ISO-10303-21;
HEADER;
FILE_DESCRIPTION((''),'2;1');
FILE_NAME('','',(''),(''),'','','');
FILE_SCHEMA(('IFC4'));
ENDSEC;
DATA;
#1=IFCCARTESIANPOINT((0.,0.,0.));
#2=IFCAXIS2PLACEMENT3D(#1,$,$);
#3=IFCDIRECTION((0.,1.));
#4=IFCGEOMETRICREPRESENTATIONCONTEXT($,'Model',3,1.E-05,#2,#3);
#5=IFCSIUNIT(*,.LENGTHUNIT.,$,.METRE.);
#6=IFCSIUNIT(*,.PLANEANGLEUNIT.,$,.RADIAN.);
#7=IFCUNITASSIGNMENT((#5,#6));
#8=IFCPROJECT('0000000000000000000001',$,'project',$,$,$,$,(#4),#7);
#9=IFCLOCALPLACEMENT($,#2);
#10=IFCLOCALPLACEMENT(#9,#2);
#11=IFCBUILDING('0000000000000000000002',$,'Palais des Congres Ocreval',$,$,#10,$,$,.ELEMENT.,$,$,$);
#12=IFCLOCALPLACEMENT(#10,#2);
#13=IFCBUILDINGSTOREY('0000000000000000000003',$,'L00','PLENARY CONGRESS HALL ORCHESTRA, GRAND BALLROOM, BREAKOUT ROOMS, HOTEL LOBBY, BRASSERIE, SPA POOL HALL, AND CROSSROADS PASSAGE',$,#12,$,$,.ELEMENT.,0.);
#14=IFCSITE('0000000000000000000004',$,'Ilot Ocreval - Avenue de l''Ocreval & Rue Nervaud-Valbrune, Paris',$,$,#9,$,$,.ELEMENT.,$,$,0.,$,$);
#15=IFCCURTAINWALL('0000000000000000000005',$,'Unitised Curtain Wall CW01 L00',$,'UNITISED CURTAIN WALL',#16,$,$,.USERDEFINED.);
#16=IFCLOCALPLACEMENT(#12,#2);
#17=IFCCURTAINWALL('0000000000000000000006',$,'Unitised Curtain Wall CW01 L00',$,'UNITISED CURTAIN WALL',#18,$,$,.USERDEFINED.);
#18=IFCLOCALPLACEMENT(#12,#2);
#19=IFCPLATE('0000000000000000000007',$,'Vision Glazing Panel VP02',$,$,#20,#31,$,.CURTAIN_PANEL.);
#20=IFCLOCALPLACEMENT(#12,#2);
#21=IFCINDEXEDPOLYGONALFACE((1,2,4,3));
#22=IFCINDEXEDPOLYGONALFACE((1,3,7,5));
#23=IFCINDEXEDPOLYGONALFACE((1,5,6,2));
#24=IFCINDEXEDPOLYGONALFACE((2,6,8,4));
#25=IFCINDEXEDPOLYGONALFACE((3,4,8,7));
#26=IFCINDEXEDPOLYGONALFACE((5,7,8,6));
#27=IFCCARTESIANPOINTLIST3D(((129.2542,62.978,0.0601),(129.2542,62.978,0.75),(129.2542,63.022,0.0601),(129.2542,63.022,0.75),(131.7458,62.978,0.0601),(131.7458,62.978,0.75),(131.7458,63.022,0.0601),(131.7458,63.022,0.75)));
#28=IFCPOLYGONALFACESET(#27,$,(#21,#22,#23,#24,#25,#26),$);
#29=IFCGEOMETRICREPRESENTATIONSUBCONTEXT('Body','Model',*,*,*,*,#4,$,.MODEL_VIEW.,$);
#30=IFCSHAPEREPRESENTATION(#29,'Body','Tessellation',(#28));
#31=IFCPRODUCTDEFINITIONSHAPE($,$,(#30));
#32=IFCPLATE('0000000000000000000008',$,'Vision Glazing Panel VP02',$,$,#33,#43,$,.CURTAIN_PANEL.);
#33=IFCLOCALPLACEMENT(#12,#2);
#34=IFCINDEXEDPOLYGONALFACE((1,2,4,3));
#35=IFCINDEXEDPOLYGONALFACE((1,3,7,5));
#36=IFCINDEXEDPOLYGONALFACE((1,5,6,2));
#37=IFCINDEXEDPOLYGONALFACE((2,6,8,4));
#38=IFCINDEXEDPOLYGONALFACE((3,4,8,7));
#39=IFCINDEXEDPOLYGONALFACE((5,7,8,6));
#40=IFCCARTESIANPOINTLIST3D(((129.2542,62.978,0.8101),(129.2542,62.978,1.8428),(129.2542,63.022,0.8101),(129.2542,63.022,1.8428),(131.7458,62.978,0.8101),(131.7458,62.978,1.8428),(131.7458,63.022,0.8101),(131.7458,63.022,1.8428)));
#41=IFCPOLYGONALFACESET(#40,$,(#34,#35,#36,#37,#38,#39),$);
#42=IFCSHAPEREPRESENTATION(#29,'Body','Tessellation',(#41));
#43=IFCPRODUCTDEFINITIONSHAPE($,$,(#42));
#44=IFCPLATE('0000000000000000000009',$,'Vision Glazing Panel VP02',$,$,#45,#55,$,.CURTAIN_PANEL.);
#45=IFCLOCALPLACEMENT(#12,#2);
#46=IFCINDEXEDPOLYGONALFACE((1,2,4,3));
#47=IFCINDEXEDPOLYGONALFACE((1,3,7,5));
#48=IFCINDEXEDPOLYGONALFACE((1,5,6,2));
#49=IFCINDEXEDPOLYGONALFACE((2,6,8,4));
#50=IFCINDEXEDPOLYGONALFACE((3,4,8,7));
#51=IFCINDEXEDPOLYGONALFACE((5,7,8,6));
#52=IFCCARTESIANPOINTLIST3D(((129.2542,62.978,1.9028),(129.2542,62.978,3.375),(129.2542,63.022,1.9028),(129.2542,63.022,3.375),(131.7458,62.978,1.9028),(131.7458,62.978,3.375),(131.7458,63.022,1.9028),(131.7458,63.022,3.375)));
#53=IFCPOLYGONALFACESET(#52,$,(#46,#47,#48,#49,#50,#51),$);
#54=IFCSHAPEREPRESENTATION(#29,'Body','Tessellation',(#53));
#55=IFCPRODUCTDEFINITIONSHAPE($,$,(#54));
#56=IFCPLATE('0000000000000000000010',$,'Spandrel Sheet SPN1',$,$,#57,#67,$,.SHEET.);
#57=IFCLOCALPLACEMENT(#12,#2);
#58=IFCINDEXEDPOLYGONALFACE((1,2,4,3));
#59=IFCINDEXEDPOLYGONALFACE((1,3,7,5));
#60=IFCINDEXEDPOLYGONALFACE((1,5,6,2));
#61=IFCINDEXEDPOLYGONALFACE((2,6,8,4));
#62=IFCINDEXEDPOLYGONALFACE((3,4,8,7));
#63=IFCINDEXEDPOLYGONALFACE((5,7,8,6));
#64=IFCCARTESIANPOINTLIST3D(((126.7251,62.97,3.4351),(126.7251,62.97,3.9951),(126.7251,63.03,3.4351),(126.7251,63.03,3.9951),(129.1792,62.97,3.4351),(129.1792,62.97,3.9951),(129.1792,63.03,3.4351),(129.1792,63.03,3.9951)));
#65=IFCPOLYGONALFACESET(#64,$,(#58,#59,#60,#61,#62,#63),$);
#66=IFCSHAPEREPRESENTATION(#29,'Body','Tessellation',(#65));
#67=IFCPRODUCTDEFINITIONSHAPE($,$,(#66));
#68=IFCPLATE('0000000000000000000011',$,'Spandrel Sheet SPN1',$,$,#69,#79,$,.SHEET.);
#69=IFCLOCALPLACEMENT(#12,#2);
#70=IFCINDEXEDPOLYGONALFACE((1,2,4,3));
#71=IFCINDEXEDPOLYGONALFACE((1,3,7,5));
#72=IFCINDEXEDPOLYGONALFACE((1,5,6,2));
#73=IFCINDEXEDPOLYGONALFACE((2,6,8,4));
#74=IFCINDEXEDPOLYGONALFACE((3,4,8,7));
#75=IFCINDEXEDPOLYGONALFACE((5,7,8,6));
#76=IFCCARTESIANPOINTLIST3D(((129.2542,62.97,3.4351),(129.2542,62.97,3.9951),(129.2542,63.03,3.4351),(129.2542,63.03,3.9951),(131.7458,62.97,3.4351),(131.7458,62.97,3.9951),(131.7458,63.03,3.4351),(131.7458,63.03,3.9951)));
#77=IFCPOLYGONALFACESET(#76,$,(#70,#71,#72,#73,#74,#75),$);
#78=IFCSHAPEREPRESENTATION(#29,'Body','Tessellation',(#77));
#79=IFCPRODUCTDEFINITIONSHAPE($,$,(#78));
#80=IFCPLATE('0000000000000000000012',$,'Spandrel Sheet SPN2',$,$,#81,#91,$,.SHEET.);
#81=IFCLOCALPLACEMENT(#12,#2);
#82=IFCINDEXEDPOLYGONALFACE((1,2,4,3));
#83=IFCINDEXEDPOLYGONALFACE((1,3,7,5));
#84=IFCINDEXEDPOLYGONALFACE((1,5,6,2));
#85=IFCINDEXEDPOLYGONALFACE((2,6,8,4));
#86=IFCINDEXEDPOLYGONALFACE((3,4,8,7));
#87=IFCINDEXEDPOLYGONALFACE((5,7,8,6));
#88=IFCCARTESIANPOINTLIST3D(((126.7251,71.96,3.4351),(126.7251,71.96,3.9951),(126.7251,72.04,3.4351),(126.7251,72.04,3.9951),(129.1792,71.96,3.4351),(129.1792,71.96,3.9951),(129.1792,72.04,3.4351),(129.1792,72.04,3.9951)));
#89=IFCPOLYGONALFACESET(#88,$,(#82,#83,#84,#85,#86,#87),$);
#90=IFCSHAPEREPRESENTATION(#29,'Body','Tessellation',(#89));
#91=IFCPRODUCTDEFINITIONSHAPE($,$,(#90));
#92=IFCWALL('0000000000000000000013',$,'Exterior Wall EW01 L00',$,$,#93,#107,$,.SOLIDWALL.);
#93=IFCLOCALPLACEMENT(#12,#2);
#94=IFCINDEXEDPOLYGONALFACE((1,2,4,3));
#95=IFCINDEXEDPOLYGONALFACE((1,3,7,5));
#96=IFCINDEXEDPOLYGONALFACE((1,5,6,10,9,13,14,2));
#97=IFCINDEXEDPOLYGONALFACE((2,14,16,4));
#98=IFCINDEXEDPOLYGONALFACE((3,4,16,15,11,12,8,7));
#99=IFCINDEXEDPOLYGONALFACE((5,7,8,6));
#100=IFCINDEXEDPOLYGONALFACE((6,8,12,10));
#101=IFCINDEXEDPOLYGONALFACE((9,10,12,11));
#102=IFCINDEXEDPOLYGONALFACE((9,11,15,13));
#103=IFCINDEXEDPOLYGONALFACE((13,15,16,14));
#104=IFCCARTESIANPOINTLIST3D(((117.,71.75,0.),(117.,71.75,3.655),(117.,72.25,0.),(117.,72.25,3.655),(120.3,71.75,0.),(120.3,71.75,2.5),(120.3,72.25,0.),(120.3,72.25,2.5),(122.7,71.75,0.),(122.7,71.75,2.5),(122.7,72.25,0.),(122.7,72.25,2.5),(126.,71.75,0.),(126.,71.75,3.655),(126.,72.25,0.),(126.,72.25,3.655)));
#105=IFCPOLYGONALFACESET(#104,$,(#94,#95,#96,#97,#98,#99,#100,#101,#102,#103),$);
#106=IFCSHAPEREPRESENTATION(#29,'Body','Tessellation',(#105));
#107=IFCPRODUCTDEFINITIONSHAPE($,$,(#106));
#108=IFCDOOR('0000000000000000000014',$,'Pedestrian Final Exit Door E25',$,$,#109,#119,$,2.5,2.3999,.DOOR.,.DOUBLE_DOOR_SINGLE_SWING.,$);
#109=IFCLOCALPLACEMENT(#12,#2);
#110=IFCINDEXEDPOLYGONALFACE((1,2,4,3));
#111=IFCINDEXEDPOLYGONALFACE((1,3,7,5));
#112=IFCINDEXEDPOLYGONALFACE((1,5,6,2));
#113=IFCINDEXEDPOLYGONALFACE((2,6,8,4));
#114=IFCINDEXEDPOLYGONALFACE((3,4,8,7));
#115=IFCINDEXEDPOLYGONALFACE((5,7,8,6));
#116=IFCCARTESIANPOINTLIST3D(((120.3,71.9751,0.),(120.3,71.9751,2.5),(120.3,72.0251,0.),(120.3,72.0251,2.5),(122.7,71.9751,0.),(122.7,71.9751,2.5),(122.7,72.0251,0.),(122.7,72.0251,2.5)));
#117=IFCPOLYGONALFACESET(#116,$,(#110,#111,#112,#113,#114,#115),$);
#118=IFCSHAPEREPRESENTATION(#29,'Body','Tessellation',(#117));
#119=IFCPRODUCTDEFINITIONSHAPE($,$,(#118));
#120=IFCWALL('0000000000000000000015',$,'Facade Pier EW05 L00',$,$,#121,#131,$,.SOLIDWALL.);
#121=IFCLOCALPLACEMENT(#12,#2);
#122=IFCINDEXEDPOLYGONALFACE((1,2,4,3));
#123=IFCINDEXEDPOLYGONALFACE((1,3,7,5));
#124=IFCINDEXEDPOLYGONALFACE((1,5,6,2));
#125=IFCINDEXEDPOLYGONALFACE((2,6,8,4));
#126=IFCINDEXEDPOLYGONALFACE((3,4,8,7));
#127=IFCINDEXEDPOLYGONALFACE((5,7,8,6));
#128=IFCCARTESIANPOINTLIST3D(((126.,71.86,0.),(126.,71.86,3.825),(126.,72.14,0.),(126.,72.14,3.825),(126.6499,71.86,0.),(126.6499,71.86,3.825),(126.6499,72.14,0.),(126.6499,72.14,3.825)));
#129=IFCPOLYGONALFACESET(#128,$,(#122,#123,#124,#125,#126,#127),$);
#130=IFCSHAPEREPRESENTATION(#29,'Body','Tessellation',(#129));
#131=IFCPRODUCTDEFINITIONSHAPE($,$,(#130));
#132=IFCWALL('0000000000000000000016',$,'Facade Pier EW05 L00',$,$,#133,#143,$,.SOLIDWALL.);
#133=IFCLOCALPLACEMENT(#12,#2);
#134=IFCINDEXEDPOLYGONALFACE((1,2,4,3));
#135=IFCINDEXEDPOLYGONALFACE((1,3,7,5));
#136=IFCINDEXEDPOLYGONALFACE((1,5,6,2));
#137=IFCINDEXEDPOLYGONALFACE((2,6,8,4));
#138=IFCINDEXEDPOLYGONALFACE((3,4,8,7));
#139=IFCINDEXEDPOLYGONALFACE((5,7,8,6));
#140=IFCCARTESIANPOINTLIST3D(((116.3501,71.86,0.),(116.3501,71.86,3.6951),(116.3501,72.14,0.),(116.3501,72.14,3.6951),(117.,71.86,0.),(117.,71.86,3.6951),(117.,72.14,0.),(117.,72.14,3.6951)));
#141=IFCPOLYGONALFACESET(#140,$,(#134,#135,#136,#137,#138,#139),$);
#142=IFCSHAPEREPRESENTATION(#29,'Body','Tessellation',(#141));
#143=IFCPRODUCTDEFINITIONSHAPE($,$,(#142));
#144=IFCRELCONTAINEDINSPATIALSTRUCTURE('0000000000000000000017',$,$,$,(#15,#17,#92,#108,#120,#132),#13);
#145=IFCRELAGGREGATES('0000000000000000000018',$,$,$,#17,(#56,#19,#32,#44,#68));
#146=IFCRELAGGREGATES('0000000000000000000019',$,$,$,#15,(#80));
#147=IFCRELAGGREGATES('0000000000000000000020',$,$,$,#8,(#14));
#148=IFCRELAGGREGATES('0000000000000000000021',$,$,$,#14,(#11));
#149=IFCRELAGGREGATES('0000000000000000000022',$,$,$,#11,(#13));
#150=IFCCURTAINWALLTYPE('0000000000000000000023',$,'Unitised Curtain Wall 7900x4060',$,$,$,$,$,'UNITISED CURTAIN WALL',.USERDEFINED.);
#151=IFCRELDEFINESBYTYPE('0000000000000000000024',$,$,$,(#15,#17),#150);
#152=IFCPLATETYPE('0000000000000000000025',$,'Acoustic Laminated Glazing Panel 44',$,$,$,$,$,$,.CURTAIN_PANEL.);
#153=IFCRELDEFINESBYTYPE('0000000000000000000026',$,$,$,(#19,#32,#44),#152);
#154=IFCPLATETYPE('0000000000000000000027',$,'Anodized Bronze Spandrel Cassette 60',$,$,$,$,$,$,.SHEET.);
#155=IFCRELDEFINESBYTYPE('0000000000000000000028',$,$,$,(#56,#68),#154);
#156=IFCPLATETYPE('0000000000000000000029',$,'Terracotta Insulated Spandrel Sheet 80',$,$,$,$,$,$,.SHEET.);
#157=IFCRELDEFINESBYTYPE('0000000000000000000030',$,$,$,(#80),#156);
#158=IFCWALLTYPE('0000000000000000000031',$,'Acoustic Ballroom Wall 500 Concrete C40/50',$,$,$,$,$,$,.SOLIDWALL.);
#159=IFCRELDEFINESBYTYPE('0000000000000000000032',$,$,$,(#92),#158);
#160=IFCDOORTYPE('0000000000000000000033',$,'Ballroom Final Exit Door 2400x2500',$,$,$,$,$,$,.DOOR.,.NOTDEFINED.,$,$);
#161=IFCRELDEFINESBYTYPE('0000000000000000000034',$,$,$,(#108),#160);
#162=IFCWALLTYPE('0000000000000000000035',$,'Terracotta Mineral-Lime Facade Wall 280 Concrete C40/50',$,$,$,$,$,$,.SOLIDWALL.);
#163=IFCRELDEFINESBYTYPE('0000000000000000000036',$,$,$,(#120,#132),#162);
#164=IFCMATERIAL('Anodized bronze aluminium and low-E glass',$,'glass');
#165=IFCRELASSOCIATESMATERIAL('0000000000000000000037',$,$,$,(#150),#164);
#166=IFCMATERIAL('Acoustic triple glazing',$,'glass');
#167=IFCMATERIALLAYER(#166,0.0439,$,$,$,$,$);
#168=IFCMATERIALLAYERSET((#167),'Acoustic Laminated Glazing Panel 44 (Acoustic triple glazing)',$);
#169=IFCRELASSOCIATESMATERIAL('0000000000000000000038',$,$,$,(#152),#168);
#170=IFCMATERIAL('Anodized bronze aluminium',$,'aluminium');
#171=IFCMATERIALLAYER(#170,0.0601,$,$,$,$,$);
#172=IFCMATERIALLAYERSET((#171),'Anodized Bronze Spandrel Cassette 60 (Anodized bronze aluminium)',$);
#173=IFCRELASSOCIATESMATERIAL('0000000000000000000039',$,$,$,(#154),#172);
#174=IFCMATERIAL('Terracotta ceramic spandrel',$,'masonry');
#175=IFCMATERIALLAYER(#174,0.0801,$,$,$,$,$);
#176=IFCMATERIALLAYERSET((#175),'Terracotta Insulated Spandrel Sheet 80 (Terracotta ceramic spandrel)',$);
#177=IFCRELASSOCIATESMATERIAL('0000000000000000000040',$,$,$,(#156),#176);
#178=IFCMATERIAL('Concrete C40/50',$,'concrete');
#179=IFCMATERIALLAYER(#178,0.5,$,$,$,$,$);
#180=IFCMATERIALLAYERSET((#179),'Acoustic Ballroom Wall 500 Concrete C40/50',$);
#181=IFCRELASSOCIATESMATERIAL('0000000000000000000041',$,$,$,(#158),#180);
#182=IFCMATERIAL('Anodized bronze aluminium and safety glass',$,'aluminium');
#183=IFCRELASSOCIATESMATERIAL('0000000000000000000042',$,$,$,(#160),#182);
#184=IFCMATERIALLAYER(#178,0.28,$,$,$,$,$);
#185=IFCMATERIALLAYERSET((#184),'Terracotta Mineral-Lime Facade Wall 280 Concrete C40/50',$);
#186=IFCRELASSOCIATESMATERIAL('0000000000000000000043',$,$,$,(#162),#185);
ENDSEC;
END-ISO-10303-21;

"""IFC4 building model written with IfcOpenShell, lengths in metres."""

from ifc_helpers import new_model, si_unit, direction, frame, frame_2d, origin, origin_2d, place, context, subcontext, project, spatial, rectangle, extrude, material, layer, layer_set, type_object, element, fill, aggregate, save


model = new_model("IFC4")

# Units and contexts
model_context = context("Model", 3, precision=1e-05, world=origin(), true_north=direction((0.0, 1.0)))
body_context = subcontext(model_context, "Body", "Model", "MODEL_VIEW")
ifc_project = project(units=[si_unit("LENGTHUNIT", "METRE"), si_unit("PLANEANGLEUNIT", "RADIAN")], contexts=[model_context])

# Site, building, storey
site_placement = place(None, origin())
site = spatial("IfcSite", under=ifc_project, at=site_placement, Name="Ilot Ocreval - Avenue de l'Ocreval & Rue Nervaud-Valbrune, Paris", CompositionType="ELEMENT", RefElevation=0.0)
building_placement = place(site_placement, origin())
building = spatial("IfcBuilding", under=site, at=building_placement, Name="Palais des Congres Ocreval", CompositionType="ELEMENT")
storey_placement = place(building_placement, origin())
storey = spatial("IfcBuildingStorey", under=building, at=storey_placement, Name="L00", Description="PLENARY CONGRESS HALL ORCHESTRA, GRAND BALLROOM, BREAKOUT ROOMS, HOTEL LOBBY, BRASSERIE, SPA POOL HALL, AND CROSSROADS PASSAGE", CompositionType="ELEMENT", Elevation=0.0)

# Curtain wall
ifc_material_1 = material(Name="Anodized bronze aluminium and low-E glass", Category="glass")
curtain_wall_type = type_object("IfcCurtainWallType", Name="Unitised Curtain Wall 7900x4060", ElementType="UNITISED CURTAIN WALL", PredefinedType="USERDEFINED", material=ifc_material_1)
curtain_wall_1_placement = place(storey_placement, origin())
curtain_wall_1 = element("IfcCurtainWall", 1, at=curtain_wall_1_placement, inside=storey, type_object=curtain_wall_type, Name="Unitised Curtain Wall CW01 L00", ObjectType="UNITISED CURTAIN WALL", PredefinedType="USERDEFINED")
ifc_material_2 = material(Name="Anodized bronze aluminium", Category="aluminium")

# Curtain wall
curtain_wall_2_placement = place(storey_placement, origin())
curtain_wall_2 = element("IfcCurtainWall", 2, at=curtain_wall_2_placement, inside=storey, type_object=curtain_wall_type, Name="Unitised Curtain Wall CW01 L00", ObjectType="UNITISED CURTAIN WALL", PredefinedType="USERDEFINED")

# Plates
ifc_material_3 = material(Name="Acoustic triple glazing", Category="glass")
ifc_layer_1 = layer(ifc_material_3, 0.0439)
ifc_layer_set_1 = layer_set([ifc_layer_1], Name="Acoustic Laminated Glazing Panel 44 (Acoustic triple glazing)")
plate_type_1 = type_object("IfcPlateType", Name="Acoustic Laminated Glazing Panel 44", PredefinedType="CURTAIN_PANEL", material=ifc_layer_set_1)
plate_1_placement = place(storey_placement, frame((130.5, 63.0, 0.0601), z_axis=(0.0, 0.0, 1.0), x_axis=(1.0, 0.0, 0.0)))
plate_1 = element("IfcPlate", 3, at=plate_1_placement, type_object=plate_type_1, Name="Vision Glazing Panel VP02", PredefinedType="CURTAIN_PANEL", context=body_context, shape_type="SweptSolid", body=[
    extrude(rectangle(XDim=2.4917, YDim=0.0439, at=origin_2d()), origin(), (0.0, 0.0, 1.0), 0.6899),
])
plate_2_placement = place(storey_placement, frame((130.5, 63.0, 0.8101), z_axis=(0.0, 0.0, 1.0), x_axis=(1.0, 0.0, 0.0)))
plate_2 = element("IfcPlate", 4, at=plate_2_placement, type_object=plate_type_1, Name="Vision Glazing Panel VP02", PredefinedType="CURTAIN_PANEL", context=body_context, shape_type="SweptSolid", body=[
    extrude(rectangle(XDim=2.4917, YDim=0.0439, at=origin_2d()), origin(), (0.0, 0.0, 1.0), 1.0327),
])
plate_3_placement = place(storey_placement, frame((130.5, 63.0, 1.9028), z_axis=(0.0, 0.0, 1.0), x_axis=(1.0, 0.0, 0.0)))
plate_3 = element("IfcPlate", 5, at=plate_3_placement, type_object=plate_type_1, Name="Vision Glazing Panel VP02", PredefinedType="CURTAIN_PANEL", context=body_context, shape_type="SweptSolid", body=[
    extrude(rectangle(XDim=2.4917, YDim=0.0439, at=origin_2d()), origin(), (0.0, 0.0, 1.0), 1.4722),
])
ifc_layer_2 = layer(ifc_material_2, 0.0601)
ifc_layer_set_2 = layer_set([ifc_layer_2], Name="Anodized Bronze Spandrel Cassette 60 (Anodized bronze aluminium)")
plate_type_2 = type_object("IfcPlateType", Name="Anodized Bronze Spandrel Cassette 60", PredefinedType="SHEET", material=ifc_layer_set_2)
plate_4_placement = place(storey_placement, frame((127.9521, 63.0, 3.4351), z_axis=(0.0, 0.0, 1.0), x_axis=(1.0, 0.0, 0.0)))
plate_4 = element("IfcPlate", 6, at=plate_4_placement, type_object=plate_type_2, Name="Spandrel Sheet SPN1", PredefinedType="SHEET", context=body_context, shape_type="SweptSolid", body=[
    extrude(rectangle(XDim=2.4541, YDim=0.0601, at=origin_2d()), origin(), (0.0, 0.0, 1.0), 0.5601),
])
plate_5_placement = place(storey_placement, frame((130.5, 63.0, 3.4351), z_axis=(0.0, 0.0, 1.0), x_axis=(1.0, 0.0, 0.0)))
plate_5 = element("IfcPlate", 7, at=plate_5_placement, type_object=plate_type_2, Name="Spandrel Sheet SPN1", PredefinedType="SHEET", context=body_context, shape_type="SweptSolid", body=[
    extrude(rectangle(XDim=2.4917, YDim=0.0601, at=origin_2d()), origin(), (0.0, 0.0, 1.0), 0.5601),
])
aggregate(curtain_wall_2, [plate_4, plate_1, plate_2, plate_3, plate_5])
ifc_material_4 = material(Name="Terracotta ceramic spandrel", Category="masonry")
ifc_layer_3 = layer(ifc_material_4, 0.0801)
ifc_layer_set_3 = layer_set([ifc_layer_3], Name="Terracotta Insulated Spandrel Sheet 80 (Terracotta ceramic spandrel)")
plate_type_3 = type_object("IfcPlateType", Name="Terracotta Insulated Spandrel Sheet 80", PredefinedType="SHEET", material=ifc_layer_set_3)
plate_6_placement = place(storey_placement, frame((127.9521, 72.0, 3.4351), z_axis=(0.0, 0.0, 1.0), x_axis=(-1.0, 0.0, 0.0)))
plate_6 = element("IfcPlate", 8, at=plate_6_placement, type_object=plate_type_3, Name="Spandrel Sheet SPN2", PredefinedType="SHEET", context=body_context, shape_type="SweptSolid", body=[
    extrude(rectangle(XDim=2.4541, YDim=0.0801, at=origin_2d()), origin(), (0.0, 0.0, 1.0), 0.5601),
])
aggregate(curtain_wall_1, [plate_6])

# Wall, opening, door
ifc_material_5 = material(Name="Concrete C40/50", Category="concrete")
ifc_layer_4 = layer(ifc_material_5, 0.5)
ifc_layer_set_4 = layer_set([ifc_layer_4], Name="Acoustic Ballroom Wall 500 Concrete C40/50")
wall_type_1 = type_object("IfcWallType", Name="Acoustic Ballroom Wall 500 Concrete C40/50", PredefinedType="SOLIDWALL", material=ifc_layer_set_4)
wall_1_placement = place(storey_placement, frame((126.0, 72.0, 0.0), z_axis=(0.0, 0.0, 1.0), x_axis=(-1.0, 0.0, 0.0)))
wall_1 = element("IfcWall", 9, at=wall_1_placement, inside=storey, type_object=wall_type_1, Name="Exterior Wall EW01 L00", PredefinedType="SOLIDWALL", context=body_context, shape_type="SweptSolid", body=[
    extrude(rectangle(XDim=9.0, YDim=0.5, at=frame_2d((4.5, 0.0))), origin(), (0.0, 0.0, 1.0), 3.655),
])
opening_placement = place(wall_1_placement, frame((3.3, 0.0, 0.0)))
opening = element("IfcOpeningElement", 10, at=opening_placement, cuts=wall_1, PredefinedType="OPENING", context=body_context, shape_type="SweptSolid", body=[
    extrude(rectangle(XDim=2.3999, YDim=2.5, at=frame_2d((1.2, 1.25))), frame((0.0, 0.26, 0.0), z_axis=(0.0, -1.0, 0.0), x_axis=(1.0, 0.0, 0.0)), (0.0, 0.0, 1.0), 0.52),
])
ifc_material_6 = material(Name="Anodized bronze aluminium and safety glass", Category="aluminium")
door_type = type_object("IfcDoorType", Name="Ballroom Final Exit Door 2400x2500", OperationType="NOTDEFINED", PredefinedType="DOOR", material=ifc_material_6)
door_placement = place(opening_placement, origin())
door = element("IfcDoor", 11, at=door_placement, inside=storey, type_object=door_type, Name="Pedestrian Final Exit Door E25", OperationType="DOUBLE_DOOR_SINGLE_SWING", OverallHeight=2.5, OverallWidth=2.3999, PredefinedType="DOOR", context=body_context, shape_type="SweptSolid", body=[
    extrude(rectangle(XDim=2.3999, YDim=2.5, at=frame_2d((1.2, 1.25))), frame((0.0, 0.0249, 0.0), z_axis=(0.0, -1.0, 0.0), x_axis=(1.0, 0.0, 0.0)), (0.0, 0.0, 1.0), 0.05),
])
fill(opening, door)

# Walls
ifc_layer_5 = layer(ifc_material_5, 0.28)
ifc_layer_set_5 = layer_set([ifc_layer_5], Name="Terracotta Mineral-Lime Facade Wall 280 Concrete C40/50")
wall_type_2 = type_object("IfcWallType", Name="Terracotta Mineral-Lime Facade Wall 280 Concrete C40/50", PredefinedType="SOLIDWALL", material=ifc_layer_set_5)
wall_2_placement = place(storey_placement, frame((126.6499, 72.0, 0.0), z_axis=(0.0, 0.0, 1.0), x_axis=(-1.0, 0.0, 0.0)))
element("IfcWall", 12, at=wall_2_placement, inside=storey, type_object=wall_type_2, Name="Facade Pier EW05 L00", PredefinedType="SOLIDWALL", context=body_context, shape_type="SweptSolid", body=[
    extrude(rectangle(XDim=0.6499, YDim=0.28, at=frame_2d((0.325, 0.0))), origin(), (0.0, 0.0, 1.0), 3.825),
])
wall_3_placement = place(storey_placement, frame((117.0, 72.0, 0.0), z_axis=(0.0, 0.0, 1.0), x_axis=(-1.0, 0.0, 0.0)))
element("IfcWall", 13, at=wall_3_placement, inside=storey, type_object=wall_type_2, Name="Facade Pier EW05 L00", PredefinedType="SOLIDWALL", context=body_context, shape_type="SweptSolid", body=[
    extrude(rectangle(XDim=0.6499, YDim=0.28, at=frame_2d((0.325, 0.0))), origin(), (0.0, 0.0, 1.0), 3.6951),
])

save(model, "model.ifc")
